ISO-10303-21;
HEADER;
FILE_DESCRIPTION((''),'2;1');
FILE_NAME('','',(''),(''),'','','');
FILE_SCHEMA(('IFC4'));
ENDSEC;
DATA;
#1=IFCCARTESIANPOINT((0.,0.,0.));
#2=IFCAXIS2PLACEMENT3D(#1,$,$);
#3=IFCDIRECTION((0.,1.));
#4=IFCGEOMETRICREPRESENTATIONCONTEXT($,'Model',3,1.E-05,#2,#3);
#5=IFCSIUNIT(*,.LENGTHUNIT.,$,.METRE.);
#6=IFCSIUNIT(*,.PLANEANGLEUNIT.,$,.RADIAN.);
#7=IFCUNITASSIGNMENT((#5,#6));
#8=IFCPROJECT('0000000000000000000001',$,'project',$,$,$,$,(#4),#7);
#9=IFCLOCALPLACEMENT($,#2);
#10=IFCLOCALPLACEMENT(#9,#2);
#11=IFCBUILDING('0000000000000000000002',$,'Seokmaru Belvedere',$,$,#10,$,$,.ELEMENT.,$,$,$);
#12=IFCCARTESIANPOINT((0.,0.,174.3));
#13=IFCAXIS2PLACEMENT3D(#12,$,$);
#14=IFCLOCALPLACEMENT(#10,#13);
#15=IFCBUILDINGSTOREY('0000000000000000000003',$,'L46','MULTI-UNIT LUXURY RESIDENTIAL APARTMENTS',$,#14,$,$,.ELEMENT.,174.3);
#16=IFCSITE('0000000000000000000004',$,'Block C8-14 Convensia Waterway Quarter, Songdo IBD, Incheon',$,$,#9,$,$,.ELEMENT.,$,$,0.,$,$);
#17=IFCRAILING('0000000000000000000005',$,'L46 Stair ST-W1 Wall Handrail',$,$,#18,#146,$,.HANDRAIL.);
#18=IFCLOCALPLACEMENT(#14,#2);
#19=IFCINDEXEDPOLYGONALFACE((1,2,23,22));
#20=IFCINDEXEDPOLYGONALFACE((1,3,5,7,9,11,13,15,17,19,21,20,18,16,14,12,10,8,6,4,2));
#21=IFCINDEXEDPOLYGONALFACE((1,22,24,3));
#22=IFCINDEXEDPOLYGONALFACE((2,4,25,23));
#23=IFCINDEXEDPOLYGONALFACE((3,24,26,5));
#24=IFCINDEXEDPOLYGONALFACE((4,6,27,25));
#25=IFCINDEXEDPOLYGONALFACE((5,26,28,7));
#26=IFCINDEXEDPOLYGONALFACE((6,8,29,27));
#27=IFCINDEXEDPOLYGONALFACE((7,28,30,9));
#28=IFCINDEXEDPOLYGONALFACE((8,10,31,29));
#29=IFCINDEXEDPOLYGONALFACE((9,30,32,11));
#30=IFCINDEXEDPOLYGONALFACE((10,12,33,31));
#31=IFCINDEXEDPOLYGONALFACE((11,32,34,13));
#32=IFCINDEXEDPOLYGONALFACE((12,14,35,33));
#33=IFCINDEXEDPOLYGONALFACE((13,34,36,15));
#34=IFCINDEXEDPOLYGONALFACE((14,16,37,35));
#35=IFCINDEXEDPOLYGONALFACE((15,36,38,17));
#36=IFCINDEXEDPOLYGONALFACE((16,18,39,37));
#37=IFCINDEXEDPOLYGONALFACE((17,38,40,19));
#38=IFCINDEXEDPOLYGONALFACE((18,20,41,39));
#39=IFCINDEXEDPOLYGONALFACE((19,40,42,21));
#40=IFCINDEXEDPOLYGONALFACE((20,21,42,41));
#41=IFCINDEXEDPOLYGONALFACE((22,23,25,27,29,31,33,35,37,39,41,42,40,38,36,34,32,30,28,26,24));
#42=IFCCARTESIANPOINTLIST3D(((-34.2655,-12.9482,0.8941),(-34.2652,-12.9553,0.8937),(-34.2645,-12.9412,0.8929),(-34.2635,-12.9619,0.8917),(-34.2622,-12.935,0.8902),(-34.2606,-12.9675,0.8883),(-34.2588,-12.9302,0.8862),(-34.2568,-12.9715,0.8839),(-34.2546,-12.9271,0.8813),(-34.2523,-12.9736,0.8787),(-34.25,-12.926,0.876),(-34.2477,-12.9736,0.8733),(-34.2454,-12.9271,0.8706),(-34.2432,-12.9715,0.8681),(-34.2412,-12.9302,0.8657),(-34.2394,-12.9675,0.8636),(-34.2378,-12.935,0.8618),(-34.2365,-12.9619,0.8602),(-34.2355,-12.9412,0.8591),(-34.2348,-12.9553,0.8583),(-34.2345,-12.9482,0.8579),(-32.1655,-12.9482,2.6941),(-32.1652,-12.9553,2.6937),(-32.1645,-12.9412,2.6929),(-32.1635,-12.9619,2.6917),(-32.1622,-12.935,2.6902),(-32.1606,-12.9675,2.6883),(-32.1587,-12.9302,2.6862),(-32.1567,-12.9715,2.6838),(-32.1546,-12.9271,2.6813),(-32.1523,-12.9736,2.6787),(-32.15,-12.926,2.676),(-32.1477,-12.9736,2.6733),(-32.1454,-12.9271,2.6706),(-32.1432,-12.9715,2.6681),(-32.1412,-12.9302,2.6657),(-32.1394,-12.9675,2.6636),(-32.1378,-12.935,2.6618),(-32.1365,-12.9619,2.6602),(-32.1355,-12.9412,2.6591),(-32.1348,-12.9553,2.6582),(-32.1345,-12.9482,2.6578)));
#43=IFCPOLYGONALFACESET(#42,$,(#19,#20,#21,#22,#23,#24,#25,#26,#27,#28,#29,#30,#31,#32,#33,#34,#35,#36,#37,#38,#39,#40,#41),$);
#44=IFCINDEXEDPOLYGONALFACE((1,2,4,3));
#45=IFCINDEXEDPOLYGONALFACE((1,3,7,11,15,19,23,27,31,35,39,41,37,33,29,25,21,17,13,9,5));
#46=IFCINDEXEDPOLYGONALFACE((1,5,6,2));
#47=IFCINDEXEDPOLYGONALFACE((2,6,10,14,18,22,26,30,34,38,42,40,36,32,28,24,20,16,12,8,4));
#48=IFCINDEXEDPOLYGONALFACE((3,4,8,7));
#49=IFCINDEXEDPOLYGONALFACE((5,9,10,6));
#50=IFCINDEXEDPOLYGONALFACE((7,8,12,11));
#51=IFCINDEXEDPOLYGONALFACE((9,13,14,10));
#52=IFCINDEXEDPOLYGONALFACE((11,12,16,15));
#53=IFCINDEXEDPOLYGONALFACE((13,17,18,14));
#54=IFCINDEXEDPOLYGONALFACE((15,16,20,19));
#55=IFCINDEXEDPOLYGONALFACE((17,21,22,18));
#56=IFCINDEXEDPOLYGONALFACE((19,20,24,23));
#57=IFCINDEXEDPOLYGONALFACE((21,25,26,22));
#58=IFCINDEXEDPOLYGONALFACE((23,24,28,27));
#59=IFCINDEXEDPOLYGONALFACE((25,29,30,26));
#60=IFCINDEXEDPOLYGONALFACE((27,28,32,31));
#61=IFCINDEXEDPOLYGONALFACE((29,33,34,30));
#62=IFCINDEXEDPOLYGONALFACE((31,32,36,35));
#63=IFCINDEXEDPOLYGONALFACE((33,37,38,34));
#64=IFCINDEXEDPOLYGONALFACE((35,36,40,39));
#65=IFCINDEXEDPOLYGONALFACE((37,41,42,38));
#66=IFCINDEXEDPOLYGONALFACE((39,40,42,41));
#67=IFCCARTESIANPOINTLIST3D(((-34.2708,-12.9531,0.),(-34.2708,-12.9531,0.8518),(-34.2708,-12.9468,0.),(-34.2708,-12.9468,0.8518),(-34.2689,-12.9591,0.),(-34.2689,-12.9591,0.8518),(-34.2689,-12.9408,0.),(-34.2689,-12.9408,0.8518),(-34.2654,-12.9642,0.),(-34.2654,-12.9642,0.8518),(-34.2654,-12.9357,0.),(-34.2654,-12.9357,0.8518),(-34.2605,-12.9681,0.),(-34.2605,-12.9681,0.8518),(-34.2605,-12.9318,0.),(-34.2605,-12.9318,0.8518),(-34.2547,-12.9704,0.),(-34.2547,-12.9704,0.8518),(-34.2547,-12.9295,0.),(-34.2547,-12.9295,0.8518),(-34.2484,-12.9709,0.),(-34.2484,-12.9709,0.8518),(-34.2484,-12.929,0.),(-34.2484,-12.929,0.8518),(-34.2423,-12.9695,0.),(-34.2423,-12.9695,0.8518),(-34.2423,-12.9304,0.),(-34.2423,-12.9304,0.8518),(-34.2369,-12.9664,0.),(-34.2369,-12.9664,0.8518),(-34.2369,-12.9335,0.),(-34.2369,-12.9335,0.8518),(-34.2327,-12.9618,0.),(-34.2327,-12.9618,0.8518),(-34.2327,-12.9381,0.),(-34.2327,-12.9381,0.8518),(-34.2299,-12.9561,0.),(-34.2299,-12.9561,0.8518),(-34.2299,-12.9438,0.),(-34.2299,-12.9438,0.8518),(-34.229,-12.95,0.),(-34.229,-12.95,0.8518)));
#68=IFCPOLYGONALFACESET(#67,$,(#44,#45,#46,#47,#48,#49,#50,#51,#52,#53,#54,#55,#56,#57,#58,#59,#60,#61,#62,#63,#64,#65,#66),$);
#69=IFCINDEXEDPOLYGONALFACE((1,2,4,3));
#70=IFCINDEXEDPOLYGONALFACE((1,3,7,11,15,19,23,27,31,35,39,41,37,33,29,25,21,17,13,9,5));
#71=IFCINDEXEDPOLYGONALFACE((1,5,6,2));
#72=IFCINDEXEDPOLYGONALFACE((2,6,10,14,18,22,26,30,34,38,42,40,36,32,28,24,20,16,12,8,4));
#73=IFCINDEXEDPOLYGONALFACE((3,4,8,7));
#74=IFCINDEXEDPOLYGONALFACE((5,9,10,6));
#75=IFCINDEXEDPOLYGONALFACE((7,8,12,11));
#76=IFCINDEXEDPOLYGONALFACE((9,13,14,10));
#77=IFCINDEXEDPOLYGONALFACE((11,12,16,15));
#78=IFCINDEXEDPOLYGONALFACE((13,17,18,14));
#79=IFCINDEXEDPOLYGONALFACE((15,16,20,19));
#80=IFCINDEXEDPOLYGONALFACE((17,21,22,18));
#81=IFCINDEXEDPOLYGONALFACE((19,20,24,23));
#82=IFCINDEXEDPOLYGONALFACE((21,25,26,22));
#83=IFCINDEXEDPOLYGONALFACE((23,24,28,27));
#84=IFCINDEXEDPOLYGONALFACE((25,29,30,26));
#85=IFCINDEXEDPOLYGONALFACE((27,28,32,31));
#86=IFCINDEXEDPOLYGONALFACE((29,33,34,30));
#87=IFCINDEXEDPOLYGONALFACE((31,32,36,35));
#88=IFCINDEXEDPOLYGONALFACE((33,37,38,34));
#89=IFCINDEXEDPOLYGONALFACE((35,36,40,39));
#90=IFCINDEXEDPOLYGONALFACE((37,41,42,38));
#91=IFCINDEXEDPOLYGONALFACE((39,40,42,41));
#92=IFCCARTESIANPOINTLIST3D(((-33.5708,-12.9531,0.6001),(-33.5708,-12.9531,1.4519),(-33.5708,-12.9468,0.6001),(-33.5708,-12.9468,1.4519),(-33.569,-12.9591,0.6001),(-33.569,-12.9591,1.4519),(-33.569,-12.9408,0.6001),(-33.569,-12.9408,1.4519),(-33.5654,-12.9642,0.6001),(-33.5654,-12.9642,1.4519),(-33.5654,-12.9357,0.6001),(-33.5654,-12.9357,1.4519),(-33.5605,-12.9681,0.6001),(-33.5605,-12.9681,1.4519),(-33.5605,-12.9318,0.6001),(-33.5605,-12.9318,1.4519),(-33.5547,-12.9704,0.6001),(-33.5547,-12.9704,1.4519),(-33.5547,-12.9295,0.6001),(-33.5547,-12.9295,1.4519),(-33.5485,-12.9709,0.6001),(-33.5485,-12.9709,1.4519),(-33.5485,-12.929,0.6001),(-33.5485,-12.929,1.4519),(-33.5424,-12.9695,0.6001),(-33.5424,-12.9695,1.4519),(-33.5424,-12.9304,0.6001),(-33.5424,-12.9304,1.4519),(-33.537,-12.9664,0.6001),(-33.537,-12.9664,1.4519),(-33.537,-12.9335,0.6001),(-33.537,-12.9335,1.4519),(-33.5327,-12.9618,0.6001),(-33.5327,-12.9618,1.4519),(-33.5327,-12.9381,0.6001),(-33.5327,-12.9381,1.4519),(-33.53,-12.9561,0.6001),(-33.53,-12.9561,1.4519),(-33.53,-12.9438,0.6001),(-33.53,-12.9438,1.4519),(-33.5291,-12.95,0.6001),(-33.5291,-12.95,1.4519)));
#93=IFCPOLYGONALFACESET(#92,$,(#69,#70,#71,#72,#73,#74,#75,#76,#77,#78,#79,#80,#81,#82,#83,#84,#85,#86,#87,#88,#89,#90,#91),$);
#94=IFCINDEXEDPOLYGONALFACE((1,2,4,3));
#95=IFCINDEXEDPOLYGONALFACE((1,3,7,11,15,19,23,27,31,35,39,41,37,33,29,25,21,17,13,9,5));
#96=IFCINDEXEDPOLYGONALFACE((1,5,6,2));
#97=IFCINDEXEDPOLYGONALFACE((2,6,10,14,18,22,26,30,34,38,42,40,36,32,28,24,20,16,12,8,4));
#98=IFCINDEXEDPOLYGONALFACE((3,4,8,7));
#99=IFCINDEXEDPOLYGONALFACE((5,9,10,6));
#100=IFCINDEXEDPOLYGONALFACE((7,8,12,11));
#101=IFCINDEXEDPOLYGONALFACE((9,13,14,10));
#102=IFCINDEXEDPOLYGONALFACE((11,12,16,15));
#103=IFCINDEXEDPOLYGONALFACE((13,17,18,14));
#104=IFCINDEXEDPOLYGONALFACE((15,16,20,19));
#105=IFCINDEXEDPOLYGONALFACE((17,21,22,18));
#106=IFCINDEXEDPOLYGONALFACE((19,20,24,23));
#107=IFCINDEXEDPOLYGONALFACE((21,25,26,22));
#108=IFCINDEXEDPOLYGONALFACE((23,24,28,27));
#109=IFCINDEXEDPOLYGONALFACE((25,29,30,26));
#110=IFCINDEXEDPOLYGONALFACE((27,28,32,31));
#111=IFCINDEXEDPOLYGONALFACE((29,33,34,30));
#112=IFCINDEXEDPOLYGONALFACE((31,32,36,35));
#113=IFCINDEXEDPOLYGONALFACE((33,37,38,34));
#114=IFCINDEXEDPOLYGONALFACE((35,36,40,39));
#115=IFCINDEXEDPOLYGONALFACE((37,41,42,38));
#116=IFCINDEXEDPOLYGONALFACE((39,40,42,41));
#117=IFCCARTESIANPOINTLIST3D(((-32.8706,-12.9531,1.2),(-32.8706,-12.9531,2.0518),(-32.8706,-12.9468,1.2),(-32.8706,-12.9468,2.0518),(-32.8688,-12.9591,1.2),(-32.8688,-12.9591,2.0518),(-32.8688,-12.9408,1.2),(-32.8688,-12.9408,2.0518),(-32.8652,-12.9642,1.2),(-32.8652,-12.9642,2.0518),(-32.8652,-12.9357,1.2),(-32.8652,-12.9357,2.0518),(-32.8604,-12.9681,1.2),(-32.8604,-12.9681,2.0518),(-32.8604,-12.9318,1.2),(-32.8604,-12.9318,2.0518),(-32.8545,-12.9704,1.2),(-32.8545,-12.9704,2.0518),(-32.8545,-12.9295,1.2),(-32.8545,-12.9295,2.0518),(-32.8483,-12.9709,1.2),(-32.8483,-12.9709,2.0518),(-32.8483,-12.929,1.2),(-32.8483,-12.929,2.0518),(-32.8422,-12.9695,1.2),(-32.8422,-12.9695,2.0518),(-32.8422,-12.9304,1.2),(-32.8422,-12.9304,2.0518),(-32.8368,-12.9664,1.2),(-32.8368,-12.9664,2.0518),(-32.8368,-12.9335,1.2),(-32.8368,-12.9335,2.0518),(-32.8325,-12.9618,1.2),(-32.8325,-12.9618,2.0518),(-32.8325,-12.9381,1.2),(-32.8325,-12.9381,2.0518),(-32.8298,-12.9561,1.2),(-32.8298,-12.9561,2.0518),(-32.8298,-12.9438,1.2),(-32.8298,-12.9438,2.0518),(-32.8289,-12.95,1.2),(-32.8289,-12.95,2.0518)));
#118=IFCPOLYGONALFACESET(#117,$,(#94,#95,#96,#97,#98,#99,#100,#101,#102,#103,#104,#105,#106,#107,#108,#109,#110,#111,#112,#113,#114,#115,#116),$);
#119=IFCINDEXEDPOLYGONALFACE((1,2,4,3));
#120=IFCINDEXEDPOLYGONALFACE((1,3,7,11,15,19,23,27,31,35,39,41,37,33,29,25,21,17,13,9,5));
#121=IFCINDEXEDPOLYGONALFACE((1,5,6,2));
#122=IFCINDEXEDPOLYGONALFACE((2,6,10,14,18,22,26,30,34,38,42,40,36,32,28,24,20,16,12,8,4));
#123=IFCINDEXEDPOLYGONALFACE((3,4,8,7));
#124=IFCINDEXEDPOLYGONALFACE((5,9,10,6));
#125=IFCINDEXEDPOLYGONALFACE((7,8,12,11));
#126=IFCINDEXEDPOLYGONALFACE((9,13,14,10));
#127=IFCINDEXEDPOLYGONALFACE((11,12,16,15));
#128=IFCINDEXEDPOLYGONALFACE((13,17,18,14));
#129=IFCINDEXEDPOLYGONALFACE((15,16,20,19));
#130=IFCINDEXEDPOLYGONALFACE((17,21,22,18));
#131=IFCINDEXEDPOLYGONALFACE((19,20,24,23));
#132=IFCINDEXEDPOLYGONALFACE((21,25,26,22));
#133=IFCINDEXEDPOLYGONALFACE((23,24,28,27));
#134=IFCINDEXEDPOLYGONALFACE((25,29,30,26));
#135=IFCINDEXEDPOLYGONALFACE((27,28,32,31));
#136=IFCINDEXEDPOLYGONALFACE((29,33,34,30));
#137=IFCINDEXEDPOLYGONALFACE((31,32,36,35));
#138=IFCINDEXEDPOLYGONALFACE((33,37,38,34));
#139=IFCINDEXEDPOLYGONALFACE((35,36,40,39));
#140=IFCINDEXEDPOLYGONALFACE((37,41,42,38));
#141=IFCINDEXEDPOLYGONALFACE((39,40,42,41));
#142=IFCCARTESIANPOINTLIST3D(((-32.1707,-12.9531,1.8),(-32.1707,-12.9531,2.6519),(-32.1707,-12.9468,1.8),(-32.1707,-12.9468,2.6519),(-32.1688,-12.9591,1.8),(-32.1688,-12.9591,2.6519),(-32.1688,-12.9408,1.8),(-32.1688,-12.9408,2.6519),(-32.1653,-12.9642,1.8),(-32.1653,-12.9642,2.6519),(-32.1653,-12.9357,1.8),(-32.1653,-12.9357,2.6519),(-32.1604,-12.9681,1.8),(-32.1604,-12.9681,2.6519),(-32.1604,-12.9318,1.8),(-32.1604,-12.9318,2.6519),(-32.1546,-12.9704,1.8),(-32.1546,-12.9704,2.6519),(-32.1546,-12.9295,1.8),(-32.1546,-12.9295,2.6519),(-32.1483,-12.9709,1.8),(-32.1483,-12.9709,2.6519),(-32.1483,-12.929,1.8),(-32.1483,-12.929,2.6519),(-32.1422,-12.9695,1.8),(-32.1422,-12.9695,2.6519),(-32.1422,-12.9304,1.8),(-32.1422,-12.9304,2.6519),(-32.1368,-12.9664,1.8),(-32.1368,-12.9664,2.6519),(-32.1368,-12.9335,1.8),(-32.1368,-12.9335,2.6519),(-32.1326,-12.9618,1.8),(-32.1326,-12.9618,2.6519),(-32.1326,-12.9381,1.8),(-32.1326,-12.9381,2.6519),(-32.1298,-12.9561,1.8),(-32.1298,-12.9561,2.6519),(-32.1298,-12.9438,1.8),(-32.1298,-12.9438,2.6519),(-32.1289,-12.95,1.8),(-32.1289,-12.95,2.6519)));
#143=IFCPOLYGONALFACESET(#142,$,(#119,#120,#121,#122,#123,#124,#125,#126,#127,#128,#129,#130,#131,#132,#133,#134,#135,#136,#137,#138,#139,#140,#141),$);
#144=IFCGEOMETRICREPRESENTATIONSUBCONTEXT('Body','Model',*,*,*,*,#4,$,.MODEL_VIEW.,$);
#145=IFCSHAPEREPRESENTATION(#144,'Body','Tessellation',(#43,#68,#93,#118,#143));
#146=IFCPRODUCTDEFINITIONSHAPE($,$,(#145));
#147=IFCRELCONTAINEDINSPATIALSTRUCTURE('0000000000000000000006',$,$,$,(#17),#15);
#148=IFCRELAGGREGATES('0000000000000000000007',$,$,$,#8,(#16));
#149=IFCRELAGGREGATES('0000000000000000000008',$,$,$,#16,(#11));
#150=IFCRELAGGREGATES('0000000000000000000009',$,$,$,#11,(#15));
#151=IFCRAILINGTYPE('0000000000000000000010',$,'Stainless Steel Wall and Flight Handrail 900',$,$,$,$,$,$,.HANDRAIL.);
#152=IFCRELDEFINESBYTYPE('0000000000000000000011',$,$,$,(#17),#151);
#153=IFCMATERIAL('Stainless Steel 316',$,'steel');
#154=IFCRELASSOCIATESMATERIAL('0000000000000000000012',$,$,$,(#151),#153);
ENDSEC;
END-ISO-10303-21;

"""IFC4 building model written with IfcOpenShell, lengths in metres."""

from ifc_helpers import new_model, si_unit, direction, frame, origin, origin_2d, place, context, subcontext, project, spatial, circle, extrude, material, type_object, element, save


model = new_model("IFC4")

# Units and contexts
model_context = context("Model", 3, precision=1e-05, world=origin(), true_north=direction((0.0, 1.0)))
body_context = subcontext(model_context, "Body", "Model", "MODEL_VIEW")
ifc_project = project(units=[si_unit("LENGTHUNIT", "METRE"), si_unit("PLANEANGLEUNIT", "RADIAN")], contexts=[model_context])

# Site, building, storey
site_placement = place(None, origin())
site = spatial("IfcSite", under=ifc_project, at=site_placement, Name="Block C8-14 Convensia Waterway Quarter, Songdo IBD, Incheon", CompositionType="ELEMENT", RefElevation=0.0)
building_placement = place(site_placement, origin())
building = spatial("IfcBuilding", under=site, at=building_placement, Name="Seokmaru Belvedere", CompositionType="ELEMENT")
storey_placement = place(building_placement, frame((0.0, 0.0, 174.3)))
storey = spatial("IfcBuildingStorey", under=building, at=storey_placement, Name="L46", Description="MULTI-UNIT LUXURY RESIDENTIAL APARTMENTS", CompositionType="ELEMENT", Elevation=174.3)

# Shared definitions
ifc_material_1 = material(Name="Stainless Steel 316", Category="steel")

# Railing
railing_type_1 = type_object("IfcRailingType", Name="Stainless Steel Wall and Flight Handrail 900", PredefinedType="HANDRAIL", material=ifc_material_1)
railing_1_placement = place(storey_placement, frame((-34.25, -12.95, 0.0)))
element("IfcRailing", 1, at=railing_1_placement, inside=storey, type_object=railing_type_1, Name="L46 Stair ST-W1 Wall Handrail", PredefinedType="HANDRAIL", context=body_context, shape_type="SweptSolid", body=[
    extrude(circle(Radius=0.0239, at=origin_2d()), frame((0.0, 0.0, 0.876), z_axis=(0.759263, 0.0, 0.650784), x_axis=(0.0, 1.0, 0.0)), (0.0, 0.0, 1.0), 2.7659),
    extrude(circle(Radius=0.021, at=origin_2d()), origin(), (0.0, 0.0, 1.0), 0.8518),
    extrude(circle(Radius=0.021, at=origin_2d()), frame((0.7, 0.0, 0.6001)), (0.0, 0.0, 1.0), 0.8518),
    extrude(circle(Radius=0.021, at=origin_2d()), frame((1.4001, 0.0, 1.2)), (0.0, 0.0, 1.0), 0.8518),
    extrude(circle(Radius=0.021, at=origin_2d()), frame((2.1001, 0.0, 1.8)), (0.0, 0.0, 1.0), 0.8518),
])

save(model, "model.ifc")
